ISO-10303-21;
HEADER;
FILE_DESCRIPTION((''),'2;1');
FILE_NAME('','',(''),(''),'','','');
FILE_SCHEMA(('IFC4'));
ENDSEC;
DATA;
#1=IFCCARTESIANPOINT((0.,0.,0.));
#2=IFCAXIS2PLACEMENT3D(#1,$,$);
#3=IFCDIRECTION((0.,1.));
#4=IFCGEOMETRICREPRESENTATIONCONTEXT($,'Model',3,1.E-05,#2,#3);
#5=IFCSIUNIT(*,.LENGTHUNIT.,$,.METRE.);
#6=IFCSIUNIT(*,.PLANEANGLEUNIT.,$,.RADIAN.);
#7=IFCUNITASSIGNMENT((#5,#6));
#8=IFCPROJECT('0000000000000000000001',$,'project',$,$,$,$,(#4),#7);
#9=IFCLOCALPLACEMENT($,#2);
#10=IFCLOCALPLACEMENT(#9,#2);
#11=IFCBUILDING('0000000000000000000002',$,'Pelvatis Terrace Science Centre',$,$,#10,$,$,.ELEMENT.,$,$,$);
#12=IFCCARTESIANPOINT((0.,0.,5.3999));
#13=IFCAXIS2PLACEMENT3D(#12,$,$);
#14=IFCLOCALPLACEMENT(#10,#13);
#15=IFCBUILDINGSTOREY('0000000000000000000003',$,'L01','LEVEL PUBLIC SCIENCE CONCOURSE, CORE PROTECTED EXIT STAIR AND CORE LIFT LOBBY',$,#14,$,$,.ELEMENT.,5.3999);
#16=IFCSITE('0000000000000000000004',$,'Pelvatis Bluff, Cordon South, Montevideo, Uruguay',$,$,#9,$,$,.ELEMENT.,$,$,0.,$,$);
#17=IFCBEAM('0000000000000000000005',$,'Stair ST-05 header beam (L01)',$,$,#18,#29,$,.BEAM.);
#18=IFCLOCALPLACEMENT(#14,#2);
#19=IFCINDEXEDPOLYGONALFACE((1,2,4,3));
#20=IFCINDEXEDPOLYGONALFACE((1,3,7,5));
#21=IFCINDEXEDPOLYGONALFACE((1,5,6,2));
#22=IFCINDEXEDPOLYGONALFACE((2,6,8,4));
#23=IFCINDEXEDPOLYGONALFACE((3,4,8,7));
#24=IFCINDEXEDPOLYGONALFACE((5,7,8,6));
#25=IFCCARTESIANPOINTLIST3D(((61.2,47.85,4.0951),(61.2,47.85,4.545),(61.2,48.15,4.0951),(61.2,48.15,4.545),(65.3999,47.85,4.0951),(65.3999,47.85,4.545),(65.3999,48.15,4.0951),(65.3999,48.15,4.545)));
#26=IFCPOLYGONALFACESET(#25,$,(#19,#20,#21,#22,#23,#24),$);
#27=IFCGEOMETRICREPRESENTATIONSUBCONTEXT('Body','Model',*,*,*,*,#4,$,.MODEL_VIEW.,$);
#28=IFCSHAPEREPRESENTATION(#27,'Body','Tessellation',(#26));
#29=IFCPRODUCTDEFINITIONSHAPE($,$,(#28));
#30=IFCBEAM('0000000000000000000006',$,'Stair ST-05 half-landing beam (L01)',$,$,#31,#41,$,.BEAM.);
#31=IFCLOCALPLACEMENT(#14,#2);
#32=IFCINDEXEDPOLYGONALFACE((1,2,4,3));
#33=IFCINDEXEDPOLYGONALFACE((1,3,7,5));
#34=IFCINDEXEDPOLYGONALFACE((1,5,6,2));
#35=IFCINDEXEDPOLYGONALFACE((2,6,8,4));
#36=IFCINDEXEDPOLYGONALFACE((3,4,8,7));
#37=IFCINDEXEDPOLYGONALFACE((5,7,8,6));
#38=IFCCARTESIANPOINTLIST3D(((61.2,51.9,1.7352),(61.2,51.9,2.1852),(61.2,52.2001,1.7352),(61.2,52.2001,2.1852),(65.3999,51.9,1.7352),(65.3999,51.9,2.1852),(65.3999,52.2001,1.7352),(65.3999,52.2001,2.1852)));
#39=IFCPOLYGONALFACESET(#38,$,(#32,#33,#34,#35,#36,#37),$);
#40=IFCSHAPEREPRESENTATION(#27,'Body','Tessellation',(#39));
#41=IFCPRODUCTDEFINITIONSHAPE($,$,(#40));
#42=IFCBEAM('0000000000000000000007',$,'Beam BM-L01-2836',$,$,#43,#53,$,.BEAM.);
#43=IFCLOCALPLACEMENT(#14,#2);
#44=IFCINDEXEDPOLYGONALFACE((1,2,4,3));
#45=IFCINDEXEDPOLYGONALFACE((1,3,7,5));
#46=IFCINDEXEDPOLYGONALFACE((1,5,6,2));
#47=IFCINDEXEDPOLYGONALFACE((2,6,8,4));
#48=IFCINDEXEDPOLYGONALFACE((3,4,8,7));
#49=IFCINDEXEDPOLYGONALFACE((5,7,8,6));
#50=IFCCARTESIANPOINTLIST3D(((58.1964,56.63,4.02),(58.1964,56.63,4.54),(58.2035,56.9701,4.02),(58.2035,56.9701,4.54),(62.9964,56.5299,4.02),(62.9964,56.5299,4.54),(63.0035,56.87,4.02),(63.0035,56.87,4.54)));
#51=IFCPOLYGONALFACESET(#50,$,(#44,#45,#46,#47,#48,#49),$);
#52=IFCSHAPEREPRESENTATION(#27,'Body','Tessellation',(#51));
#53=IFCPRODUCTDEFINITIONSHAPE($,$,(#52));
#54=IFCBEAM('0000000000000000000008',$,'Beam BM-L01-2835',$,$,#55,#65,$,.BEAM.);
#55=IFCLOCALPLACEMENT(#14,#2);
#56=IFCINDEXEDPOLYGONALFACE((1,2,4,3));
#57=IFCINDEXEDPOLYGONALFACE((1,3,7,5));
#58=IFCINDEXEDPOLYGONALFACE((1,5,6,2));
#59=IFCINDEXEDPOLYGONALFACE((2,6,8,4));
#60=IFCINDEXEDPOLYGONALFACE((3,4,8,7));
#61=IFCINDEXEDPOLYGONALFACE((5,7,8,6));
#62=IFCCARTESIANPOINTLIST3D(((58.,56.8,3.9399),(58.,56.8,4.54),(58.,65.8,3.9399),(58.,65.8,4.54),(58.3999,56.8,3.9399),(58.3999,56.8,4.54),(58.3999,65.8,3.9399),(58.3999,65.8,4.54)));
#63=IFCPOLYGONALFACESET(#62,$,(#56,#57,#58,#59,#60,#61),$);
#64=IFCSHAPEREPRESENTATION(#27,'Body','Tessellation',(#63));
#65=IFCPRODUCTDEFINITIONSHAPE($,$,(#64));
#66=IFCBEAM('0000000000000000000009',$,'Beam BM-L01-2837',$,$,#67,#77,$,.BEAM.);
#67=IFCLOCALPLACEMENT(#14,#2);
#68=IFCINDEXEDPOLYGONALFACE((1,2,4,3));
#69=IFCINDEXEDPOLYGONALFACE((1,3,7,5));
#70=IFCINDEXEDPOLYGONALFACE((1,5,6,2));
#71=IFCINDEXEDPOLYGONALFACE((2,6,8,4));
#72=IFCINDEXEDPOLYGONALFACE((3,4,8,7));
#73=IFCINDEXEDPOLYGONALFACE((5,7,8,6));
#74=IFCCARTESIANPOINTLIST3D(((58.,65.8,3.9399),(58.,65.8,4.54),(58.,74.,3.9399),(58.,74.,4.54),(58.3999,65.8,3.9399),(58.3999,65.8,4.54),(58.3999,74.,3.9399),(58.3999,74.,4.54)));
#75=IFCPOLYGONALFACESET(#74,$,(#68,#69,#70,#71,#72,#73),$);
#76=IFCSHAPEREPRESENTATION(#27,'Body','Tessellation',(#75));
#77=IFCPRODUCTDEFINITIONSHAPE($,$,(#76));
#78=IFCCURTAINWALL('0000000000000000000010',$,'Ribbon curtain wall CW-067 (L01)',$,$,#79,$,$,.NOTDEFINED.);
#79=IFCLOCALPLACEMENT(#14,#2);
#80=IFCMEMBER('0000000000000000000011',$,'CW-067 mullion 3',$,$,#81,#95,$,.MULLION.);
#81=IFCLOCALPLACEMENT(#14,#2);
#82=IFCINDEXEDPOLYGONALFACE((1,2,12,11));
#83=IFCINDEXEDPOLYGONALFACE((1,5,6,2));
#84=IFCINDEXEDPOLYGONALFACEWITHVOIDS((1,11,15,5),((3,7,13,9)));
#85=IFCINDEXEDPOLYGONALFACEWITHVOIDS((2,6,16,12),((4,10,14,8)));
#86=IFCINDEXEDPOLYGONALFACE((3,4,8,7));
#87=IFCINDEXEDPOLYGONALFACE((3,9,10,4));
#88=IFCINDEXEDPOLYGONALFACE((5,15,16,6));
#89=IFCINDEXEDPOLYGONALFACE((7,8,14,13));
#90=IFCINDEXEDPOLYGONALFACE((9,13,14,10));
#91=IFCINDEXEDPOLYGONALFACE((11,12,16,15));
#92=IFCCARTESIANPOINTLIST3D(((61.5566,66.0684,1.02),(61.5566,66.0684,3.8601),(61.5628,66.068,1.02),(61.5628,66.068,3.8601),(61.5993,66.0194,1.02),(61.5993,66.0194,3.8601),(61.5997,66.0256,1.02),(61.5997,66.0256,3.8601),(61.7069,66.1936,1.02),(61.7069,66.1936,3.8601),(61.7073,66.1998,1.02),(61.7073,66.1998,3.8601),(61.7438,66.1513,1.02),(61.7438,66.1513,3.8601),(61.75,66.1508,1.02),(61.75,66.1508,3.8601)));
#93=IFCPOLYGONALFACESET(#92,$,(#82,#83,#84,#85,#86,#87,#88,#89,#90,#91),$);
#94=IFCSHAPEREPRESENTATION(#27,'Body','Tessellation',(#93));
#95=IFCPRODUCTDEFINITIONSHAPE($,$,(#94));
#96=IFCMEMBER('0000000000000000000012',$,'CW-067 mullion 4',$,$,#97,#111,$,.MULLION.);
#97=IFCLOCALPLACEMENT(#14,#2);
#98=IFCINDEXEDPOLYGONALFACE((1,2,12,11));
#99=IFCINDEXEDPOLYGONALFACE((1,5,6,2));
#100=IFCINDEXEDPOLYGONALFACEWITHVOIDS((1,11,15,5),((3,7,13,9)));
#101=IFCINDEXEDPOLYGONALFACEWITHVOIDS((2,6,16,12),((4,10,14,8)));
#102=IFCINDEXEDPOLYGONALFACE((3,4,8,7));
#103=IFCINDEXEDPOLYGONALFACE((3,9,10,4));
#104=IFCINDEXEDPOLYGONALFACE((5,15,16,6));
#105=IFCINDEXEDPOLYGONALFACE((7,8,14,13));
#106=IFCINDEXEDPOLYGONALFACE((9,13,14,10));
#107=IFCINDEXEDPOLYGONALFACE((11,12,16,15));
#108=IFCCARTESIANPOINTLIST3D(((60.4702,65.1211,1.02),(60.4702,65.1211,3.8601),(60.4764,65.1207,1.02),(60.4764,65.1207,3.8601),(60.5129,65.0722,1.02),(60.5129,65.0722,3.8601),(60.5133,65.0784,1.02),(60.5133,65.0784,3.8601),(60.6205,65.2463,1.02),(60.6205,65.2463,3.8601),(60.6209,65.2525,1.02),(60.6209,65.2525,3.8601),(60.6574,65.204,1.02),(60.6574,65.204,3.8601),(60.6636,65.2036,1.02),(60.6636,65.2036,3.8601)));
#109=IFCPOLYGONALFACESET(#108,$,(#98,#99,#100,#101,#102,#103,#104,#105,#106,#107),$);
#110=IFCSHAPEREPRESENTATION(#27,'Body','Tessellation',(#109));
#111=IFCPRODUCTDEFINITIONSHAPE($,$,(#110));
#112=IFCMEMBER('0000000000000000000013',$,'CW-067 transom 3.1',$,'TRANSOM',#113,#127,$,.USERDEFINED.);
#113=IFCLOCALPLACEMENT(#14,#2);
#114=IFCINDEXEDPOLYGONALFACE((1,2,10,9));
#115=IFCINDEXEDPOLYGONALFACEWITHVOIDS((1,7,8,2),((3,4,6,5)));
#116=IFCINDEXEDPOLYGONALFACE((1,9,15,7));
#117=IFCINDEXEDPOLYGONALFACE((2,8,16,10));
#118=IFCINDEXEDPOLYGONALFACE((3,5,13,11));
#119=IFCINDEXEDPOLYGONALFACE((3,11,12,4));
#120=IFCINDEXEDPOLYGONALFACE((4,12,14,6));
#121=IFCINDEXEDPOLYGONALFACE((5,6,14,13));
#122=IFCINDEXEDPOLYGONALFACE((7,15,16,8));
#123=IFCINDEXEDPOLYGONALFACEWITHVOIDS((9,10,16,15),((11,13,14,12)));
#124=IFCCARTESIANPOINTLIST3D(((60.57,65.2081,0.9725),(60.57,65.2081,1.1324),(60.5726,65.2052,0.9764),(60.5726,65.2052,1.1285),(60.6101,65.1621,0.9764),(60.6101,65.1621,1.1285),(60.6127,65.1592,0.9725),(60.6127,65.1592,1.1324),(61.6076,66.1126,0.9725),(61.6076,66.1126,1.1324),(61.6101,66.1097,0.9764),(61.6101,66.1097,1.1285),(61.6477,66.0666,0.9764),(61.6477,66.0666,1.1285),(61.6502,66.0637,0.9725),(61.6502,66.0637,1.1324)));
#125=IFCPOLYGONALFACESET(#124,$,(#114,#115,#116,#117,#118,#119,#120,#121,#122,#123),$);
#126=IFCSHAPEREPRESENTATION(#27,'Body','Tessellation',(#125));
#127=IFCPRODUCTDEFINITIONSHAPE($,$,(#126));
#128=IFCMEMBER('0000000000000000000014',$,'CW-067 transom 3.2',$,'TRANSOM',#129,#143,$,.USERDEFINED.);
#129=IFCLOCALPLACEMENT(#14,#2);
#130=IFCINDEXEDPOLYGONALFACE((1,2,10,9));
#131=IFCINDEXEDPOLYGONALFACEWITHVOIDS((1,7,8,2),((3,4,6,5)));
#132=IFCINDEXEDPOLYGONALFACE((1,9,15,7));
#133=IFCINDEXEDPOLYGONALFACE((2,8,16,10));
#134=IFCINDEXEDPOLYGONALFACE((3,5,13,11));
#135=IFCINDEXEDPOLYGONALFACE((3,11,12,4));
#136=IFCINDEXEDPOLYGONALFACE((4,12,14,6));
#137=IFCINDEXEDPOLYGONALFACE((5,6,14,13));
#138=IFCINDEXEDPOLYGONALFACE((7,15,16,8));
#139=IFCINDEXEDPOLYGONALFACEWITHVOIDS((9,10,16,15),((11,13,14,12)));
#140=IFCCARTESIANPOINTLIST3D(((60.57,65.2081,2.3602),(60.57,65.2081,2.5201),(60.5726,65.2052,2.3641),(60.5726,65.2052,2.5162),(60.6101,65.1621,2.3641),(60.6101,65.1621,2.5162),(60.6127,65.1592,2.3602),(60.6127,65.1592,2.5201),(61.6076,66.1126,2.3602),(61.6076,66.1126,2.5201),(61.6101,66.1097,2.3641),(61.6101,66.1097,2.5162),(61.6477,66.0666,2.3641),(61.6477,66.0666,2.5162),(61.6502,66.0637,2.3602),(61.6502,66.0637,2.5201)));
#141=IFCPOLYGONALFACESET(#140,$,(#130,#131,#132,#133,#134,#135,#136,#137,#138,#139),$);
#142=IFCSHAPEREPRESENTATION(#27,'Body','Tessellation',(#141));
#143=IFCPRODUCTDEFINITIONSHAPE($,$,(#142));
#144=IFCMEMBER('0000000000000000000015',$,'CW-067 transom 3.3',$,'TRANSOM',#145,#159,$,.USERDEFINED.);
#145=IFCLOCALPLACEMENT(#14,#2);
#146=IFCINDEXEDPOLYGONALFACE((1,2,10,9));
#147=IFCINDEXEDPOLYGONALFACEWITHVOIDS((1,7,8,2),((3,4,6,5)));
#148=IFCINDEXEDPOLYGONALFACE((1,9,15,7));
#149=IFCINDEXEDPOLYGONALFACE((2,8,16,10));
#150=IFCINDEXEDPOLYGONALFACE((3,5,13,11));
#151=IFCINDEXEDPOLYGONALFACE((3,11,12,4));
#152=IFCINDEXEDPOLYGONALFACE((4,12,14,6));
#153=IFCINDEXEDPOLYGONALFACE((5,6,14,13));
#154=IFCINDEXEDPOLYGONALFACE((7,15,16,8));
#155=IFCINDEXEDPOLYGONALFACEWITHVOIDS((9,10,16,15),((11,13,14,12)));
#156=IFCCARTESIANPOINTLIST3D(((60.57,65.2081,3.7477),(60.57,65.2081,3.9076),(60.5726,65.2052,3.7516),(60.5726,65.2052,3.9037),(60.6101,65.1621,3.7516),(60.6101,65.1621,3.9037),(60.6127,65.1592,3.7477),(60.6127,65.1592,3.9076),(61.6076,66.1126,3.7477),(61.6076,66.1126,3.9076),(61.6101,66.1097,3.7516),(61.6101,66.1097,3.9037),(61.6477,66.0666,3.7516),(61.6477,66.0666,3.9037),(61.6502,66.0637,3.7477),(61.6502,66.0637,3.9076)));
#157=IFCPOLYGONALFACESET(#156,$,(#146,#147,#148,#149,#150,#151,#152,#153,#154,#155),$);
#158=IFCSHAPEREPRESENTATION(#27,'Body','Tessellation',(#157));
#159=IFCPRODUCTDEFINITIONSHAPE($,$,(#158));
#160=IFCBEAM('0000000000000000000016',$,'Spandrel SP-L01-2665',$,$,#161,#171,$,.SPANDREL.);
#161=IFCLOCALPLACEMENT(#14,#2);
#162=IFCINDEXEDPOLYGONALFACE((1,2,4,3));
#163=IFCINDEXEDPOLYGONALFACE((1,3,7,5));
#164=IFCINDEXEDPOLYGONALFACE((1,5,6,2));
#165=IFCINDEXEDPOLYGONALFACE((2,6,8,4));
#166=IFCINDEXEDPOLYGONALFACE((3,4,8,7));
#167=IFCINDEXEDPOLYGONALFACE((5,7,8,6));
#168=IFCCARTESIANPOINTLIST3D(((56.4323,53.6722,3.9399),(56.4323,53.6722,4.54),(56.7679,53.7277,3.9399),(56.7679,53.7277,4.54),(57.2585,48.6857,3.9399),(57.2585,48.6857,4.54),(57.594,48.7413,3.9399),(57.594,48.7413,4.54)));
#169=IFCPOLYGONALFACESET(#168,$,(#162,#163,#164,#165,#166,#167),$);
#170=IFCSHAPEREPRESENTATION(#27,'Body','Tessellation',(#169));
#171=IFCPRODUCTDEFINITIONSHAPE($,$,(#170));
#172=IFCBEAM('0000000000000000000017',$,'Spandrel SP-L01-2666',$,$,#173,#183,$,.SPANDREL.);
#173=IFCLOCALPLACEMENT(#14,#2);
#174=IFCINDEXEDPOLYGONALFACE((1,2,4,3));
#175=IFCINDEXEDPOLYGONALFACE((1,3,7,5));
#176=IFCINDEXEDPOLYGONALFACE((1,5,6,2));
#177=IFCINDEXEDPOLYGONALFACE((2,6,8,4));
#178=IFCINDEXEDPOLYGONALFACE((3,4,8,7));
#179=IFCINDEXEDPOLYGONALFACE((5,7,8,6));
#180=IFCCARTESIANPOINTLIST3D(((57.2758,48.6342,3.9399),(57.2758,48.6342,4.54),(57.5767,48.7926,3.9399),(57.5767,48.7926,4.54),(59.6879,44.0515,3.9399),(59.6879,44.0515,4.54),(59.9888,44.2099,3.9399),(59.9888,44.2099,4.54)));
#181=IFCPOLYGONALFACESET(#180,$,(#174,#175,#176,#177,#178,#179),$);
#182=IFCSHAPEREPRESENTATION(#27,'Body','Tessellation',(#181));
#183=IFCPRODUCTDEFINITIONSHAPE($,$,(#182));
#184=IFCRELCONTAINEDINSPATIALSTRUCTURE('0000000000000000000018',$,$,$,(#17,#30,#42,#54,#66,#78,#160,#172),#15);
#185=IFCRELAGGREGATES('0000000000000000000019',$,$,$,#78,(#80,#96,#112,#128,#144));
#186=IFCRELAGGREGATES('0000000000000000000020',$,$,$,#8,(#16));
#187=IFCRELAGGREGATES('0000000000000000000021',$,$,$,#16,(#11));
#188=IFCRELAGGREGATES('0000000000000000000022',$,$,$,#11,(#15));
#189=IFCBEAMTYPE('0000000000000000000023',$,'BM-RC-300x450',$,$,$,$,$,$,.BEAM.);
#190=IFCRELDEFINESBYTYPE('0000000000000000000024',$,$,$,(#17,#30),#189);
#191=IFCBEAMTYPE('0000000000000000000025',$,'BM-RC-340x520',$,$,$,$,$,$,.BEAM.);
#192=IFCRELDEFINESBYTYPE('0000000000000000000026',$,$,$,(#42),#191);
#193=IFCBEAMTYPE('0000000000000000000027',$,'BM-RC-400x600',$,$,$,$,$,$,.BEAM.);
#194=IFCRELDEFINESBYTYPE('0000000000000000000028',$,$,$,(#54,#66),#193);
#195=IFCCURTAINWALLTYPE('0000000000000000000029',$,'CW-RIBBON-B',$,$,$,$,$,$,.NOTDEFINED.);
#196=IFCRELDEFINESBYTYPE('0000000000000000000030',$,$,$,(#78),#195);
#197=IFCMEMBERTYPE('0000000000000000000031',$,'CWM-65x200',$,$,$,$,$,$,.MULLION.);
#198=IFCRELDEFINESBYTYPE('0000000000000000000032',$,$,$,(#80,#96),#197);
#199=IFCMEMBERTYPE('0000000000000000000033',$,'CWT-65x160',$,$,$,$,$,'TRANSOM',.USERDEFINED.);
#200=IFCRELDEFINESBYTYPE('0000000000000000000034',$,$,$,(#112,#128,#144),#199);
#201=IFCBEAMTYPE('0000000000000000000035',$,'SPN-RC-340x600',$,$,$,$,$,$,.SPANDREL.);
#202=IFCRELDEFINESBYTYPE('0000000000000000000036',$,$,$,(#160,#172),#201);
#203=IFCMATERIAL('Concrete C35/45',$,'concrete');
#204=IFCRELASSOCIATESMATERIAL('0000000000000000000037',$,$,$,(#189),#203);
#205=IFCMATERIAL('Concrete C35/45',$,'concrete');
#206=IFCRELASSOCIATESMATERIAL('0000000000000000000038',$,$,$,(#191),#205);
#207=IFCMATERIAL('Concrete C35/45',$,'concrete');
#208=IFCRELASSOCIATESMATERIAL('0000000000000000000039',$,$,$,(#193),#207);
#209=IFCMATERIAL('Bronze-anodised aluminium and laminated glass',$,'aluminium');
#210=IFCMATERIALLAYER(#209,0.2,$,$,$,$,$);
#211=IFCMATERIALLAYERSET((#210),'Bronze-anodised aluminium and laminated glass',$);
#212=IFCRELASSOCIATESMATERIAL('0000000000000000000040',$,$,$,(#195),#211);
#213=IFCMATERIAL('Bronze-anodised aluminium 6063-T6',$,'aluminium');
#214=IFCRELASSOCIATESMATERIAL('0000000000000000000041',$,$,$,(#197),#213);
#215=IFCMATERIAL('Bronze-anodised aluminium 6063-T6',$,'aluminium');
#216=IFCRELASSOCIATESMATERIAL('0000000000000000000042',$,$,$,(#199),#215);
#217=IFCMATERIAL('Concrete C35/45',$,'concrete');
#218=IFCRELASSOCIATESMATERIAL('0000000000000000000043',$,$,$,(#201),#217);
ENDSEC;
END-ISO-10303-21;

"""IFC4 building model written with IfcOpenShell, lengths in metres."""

from ifc_helpers import new_model, si_unit, direction, frame, origin, origin_2d, place, context, subcontext, project, spatial, rectangle, hollow_rectangle, extrude, material, layer, layer_set, material_profile, profile_set, type_object, element, aggregate, save


model = new_model("IFC4")

# Units and contexts
model_context = context("Model", 3, precision=1e-05, world=origin(), true_north=direction((0.0, 1.0)))
body_context = subcontext(model_context, "Body", "Model", "MODEL_VIEW")
ifc_project = project(units=[si_unit("LENGTHUNIT", "METRE"), si_unit("PLANEANGLEUNIT", "RADIAN")], contexts=[model_context])

# Site, building, storey
site_placement = place(None, origin())
site = spatial("IfcSite", under=ifc_project, at=site_placement, Name="Pelvatis Bluff, Cordon South, Montevideo, Uruguay", CompositionType="ELEMENT", RefElevation=0.0)
building_placement = place(site_placement, origin())
building = spatial("IfcBuilding", under=site, at=building_placement, Name="Pelvatis Terrace Science Centre", CompositionType="ELEMENT")
storey_placement = place(building_placement, frame((0.0, 0.0, 5.3999)))
storey = spatial("IfcBuildingStorey", under=building, at=storey_placement, Name="L01", Description="LEVEL PUBLIC SCIENCE CONCOURSE, CORE PROTECTED EXIT STAIR AND CORE LIFT LOBBY", CompositionType="ELEMENT", Elevation=5.3999)

# Beams
ifc_material_1 = material(Name="Concrete C35/45", Category="concrete")
ifc_material_profile_1 = material_profile(ifc_material_1, rectangle(XDim=0.3, YDim=0.45, at=origin_2d()), Name="RC-BM 300x450")
ifc_profile_set_1 = profile_set([ifc_material_profile_1], Name="Concrete C35/45")
beam_type_1 = type_object("IfcBeamType", Name="BM-RC-300x450", PredefinedType="BEAM", material=ifc_profile_set_1)
for number, where, z_axis, x_axis, name in (
    (1, (61.2, 48.0, 4.3201), (1.0, 0.0, 0.0), (0.0, 1.0, 0.0), "Stair ST-05 header beam (L01)"),
    (2, (61.2, 52.05, 1.9602), (1.0, 0.0, 0.0), (0.0, 1.0, 0.0), "Stair ST-05 half-landing beam (L01)"),
):
    element("IfcBeam", number, at=place(storey_placement, frame(where, z_axis=z_axis, x_axis=x_axis)), inside=storey, type_object=beam_type_1, Name=name, PredefinedType="BEAM", context=body_context, shape_type="SweptSolid", body=[
        extrude(rectangle(XDim=0.3, YDim=0.45, at=origin_2d()), origin(), (0.0, 0.0, 1.0), 4.2),
    ])
ifc_material_2 = material(Name="Concrete C35/45", Category="concrete")
ifc_material_profile_2 = material_profile(ifc_material_2, rectangle(XDim=0.3401, YDim=0.52, at=origin_2d()), Name="RC-BM 340x520")
ifc_profile_set_2 = profile_set([ifc_material_profile_2], Name="Concrete C35/45")
beam_type_2 = type_object("IfcBeamType", Name="BM-RC-340x520", PredefinedType="BEAM", material=ifc_profile_set_2)
beam_1_placement = place(storey_placement, frame((58.2, 56.8, 4.28), z_axis=(0.999783, -0.020849, 0.0), x_axis=(0.020849, 0.999783, 0.0)))
element("IfcBeam", 3, at=beam_1_placement, inside=storey, type_object=beam_type_2, Name="Beam BM-L01-2836", PredefinedType="BEAM", context=body_context, shape_type="SweptSolid", body=[
    extrude(rectangle(XDim=0.3401, YDim=0.52, at=origin_2d()), origin(), (0.0, 0.0, 1.0), 4.801),
])
ifc_material_3 = material(Name="Concrete C35/45", Category="concrete")
ifc_material_profile_3 = material_profile(ifc_material_3, rectangle(XDim=0.3999, YDim=0.6001, at=origin_2d()), Name="RC-BM 400x600")
ifc_profile_set_3 = profile_set([ifc_material_profile_3], Name="Concrete C35/45")
beam_type_3 = type_object("IfcBeamType", Name="BM-RC-400x600", PredefinedType="BEAM", material=ifc_profile_set_3)
beam_2_placement = place(storey_placement, frame((58.2, 56.8, 4.24), z_axis=(0.0, 1.0, 0.0), x_axis=(-1.0, 0.0, 0.0)))
element("IfcBeam", 4, at=beam_2_placement, inside=storey, type_object=beam_type_3, Name="Beam BM-L01-2835", PredefinedType="BEAM", context=body_context, shape_type="SweptSolid", body=[
    extrude(rectangle(XDim=0.3999, YDim=0.6001, at=origin_2d()), origin(), (0.0, 0.0, 1.0), 9.0),
])
beam_3_placement = place(storey_placement, frame((58.2, 65.8, 4.24), z_axis=(0.0, 1.0, 0.0), x_axis=(-1.0, 0.0, 0.0)))
element("IfcBeam", 5, at=beam_3_placement, inside=storey, type_object=beam_type_3, Name="Beam BM-L01-2837", PredefinedType="BEAM", context=body_context, shape_type="SweptSolid", body=[
    extrude(rectangle(XDim=0.3999, YDim=0.6001, at=origin_2d()), origin(), (0.0, 0.0, 1.0), 8.2),
])

# Curtain wall, members
ifc_material_4 = material(Name="Bronze-anodised aluminium and laminated glass", Category="aluminium")
ifc_layer_1 = layer(ifc_material_4, 0.2)
ifc_layer_set_1 = layer_set([ifc_layer_1], Name="Bronze-anodised aluminium and laminated glass")
curtain_wall_type = type_object("IfcCurtainWallType", Name="CW-RIBBON-B", PredefinedType="NOTDEFINED", material=ifc_layer_set_1)
curtain_wall_placement = place(storey_placement, origin())
curtain_wall = element("IfcCurtainWall", 6, at=curtain_wall_placement, inside=storey, type_object=curtain_wall_type, Name="Ribbon curtain wall CW-067 (L01)", PredefinedType="NOTDEFINED")
ifc_material_5 = material(Name="Bronze-anodised aluminium 6063-T6", Category="aluminium")
ifc_material_profile_4 = material_profile(ifc_material_5, hollow_rectangle(XDim=0.0649, YDim=0.2, WallThickness=0.0044, at=origin_2d()), Name="ALU-MUL 65x200")
ifc_profile_set_4 = profile_set([ifc_material_profile_4], Name="Bronze-anodised aluminium 6063-T6")
member_type_1 = type_object("IfcMemberType", Name="CWM-65x200", PredefinedType="MULLION", material=ifc_profile_set_4)
member_1_placement = place(storey_placement, frame((61.6533, 66.1096, 1.02), z_axis=(0.0, 0.0, 1.0), x_axis=(0.657112, -0.753793, 0.0)))
member_1 = element("IfcMember", 7, at=member_1_placement, type_object=member_type_1, Name="CW-067 mullion 3", PredefinedType="MULLION", context=body_context, shape_type="SweptSolid", body=[
    extrude(hollow_rectangle(XDim=0.0649, YDim=0.2, WallThickness=0.0044, at=origin_2d()), origin(), (0.0, 0.0, 1.0), 2.8401),
])
member_2_placement = place(storey_placement, frame((60.5669, 65.1624, 1.02), z_axis=(0.0, 0.0, 1.0), x_axis=(0.657112, -0.753793, 0.0)))
member_2 = element("IfcMember", 8, at=member_2_placement, type_object=member_type_1, Name="CW-067 mullion 4", PredefinedType="MULLION", context=body_context, shape_type="SweptSolid", body=[
    extrude(hollow_rectangle(XDim=0.0649, YDim=0.2, WallThickness=0.0044, at=origin_2d()), origin(), (0.0, 0.0, 1.0), 2.8401),
])
ifc_material_6 = material(Name="Bronze-anodised aluminium 6063-T6", Category="aluminium")
ifc_material_profile_5 = material_profile(ifc_material_6, hollow_rectangle(XDim=0.0649, YDim=0.1599, WallThickness=0.0039, at=origin_2d()), Name="ALU-TRN 65x160")
ifc_profile_set_5 = profile_set([ifc_material_profile_5], Name="Bronze-anodised aluminium 6063-T6")
member_type_2 = type_object("IfcMemberType", Name="CWT-65x160", ElementType="TRANSOM", PredefinedType="USERDEFINED", material=ifc_profile_set_5)
member_3_placement = place(storey_placement, frame((61.6289, 66.0881, 1.0525), z_axis=(-0.753784, -0.657122, 0.0), x_axis=(0.657122, -0.753784, 0.0)))
member_3 = element("IfcMember", 9, at=member_3_placement, type_object=member_type_2, Name="CW-067 transom 3.1", ObjectType="TRANSOM", PredefinedType="USERDEFINED", context=body_context, shape_type="SweptSolid", body=[
    extrude(hollow_rectangle(XDim=0.0649, YDim=0.1599, WallThickness=0.0039, at=origin_2d()), origin(), (0.0, 0.0, 1.0), 1.3765),
])
member_4_placement = place(storey_placement, frame((61.6289, 66.0881, 2.4402), z_axis=(-0.753784, -0.657122, 0.0), x_axis=(0.657122, -0.753784, 0.0)))
member_4 = element("IfcMember", 10, at=member_4_placement, type_object=member_type_2, Name="CW-067 transom 3.2", ObjectType="TRANSOM", PredefinedType="USERDEFINED", context=body_context, shape_type="SweptSolid", body=[
    extrude(hollow_rectangle(XDim=0.0649, YDim=0.1599, WallThickness=0.0039, at=origin_2d()), origin(), (0.0, 0.0, 1.0), 1.3765),
])
member_5_placement = place(storey_placement, frame((61.6289, 66.0881, 3.8276), z_axis=(-0.753784, -0.657122, 0.0), x_axis=(0.657122, -0.753784, 0.0)))
member_5 = element("IfcMember", 11, at=member_5_placement, type_object=member_type_2, Name="CW-067 transom 3.3", ObjectType="TRANSOM", PredefinedType="USERDEFINED", context=body_context, shape_type="SweptSolid", body=[
    extrude(hollow_rectangle(XDim=0.0649, YDim=0.1599, WallThickness=0.0039, at=origin_2d()), origin(), (0.0, 0.0, 1.0), 1.3765),
])

# Beams
ifc_material_7 = material(Name="Concrete C35/45", Category="concrete")
ifc_material_profile_6 = material_profile(ifc_material_7, rectangle(XDim=0.3401, YDim=0.6001, at=origin_2d()), Name="RC-SPN 340x600")
ifc_profile_set_6 = profile_set([ifc_material_profile_6], Name="Concrete C35/45")
beam_type_4 = type_object("IfcBeamType", Name="SPN-RC-340x600", PredefinedType="SPANDREL", material=ifc_profile_set_6)
beam_4_placement = place(storey_placement, frame((56.6001, 53.7, 4.24), z_axis=(0.163451, -0.986551, 0.0), x_axis=(0.986551, 0.163451, 0.0)))
element("IfcBeam", 12, at=beam_4_placement, inside=storey, type_object=beam_type_4, Name="Spandrel SP-L01-2665", PredefinedType="SPANDREL", context=body_context, shape_type="SweptSolid", body=[
    extrude(rectangle(XDim=0.3401, YDim=0.6001, at=origin_2d()), origin(), (0.0, 0.0, 1.0), 5.0544),
])
beam_5_placement = place(storey_placement, frame((57.4263, 48.7134, 4.24), z_axis=(0.465766, -0.884908, 0.0), x_axis=(0.884908, 0.465766, 0.0)))
element("IfcBeam", 13, at=beam_5_placement, inside=storey, type_object=beam_type_4, Name="Spandrel SP-L01-2666", PredefinedType="SPANDREL", context=body_context, shape_type="SweptSolid", body=[
    extrude(rectangle(XDim=0.3401, YDim=0.6001, at=origin_2d()), origin(), (0.0, 0.0, 1.0), 5.1787),
])

aggregate(curtain_wall, [member_1, member_2, member_3, member_4, member_5])

save(model, "model.ifc")
